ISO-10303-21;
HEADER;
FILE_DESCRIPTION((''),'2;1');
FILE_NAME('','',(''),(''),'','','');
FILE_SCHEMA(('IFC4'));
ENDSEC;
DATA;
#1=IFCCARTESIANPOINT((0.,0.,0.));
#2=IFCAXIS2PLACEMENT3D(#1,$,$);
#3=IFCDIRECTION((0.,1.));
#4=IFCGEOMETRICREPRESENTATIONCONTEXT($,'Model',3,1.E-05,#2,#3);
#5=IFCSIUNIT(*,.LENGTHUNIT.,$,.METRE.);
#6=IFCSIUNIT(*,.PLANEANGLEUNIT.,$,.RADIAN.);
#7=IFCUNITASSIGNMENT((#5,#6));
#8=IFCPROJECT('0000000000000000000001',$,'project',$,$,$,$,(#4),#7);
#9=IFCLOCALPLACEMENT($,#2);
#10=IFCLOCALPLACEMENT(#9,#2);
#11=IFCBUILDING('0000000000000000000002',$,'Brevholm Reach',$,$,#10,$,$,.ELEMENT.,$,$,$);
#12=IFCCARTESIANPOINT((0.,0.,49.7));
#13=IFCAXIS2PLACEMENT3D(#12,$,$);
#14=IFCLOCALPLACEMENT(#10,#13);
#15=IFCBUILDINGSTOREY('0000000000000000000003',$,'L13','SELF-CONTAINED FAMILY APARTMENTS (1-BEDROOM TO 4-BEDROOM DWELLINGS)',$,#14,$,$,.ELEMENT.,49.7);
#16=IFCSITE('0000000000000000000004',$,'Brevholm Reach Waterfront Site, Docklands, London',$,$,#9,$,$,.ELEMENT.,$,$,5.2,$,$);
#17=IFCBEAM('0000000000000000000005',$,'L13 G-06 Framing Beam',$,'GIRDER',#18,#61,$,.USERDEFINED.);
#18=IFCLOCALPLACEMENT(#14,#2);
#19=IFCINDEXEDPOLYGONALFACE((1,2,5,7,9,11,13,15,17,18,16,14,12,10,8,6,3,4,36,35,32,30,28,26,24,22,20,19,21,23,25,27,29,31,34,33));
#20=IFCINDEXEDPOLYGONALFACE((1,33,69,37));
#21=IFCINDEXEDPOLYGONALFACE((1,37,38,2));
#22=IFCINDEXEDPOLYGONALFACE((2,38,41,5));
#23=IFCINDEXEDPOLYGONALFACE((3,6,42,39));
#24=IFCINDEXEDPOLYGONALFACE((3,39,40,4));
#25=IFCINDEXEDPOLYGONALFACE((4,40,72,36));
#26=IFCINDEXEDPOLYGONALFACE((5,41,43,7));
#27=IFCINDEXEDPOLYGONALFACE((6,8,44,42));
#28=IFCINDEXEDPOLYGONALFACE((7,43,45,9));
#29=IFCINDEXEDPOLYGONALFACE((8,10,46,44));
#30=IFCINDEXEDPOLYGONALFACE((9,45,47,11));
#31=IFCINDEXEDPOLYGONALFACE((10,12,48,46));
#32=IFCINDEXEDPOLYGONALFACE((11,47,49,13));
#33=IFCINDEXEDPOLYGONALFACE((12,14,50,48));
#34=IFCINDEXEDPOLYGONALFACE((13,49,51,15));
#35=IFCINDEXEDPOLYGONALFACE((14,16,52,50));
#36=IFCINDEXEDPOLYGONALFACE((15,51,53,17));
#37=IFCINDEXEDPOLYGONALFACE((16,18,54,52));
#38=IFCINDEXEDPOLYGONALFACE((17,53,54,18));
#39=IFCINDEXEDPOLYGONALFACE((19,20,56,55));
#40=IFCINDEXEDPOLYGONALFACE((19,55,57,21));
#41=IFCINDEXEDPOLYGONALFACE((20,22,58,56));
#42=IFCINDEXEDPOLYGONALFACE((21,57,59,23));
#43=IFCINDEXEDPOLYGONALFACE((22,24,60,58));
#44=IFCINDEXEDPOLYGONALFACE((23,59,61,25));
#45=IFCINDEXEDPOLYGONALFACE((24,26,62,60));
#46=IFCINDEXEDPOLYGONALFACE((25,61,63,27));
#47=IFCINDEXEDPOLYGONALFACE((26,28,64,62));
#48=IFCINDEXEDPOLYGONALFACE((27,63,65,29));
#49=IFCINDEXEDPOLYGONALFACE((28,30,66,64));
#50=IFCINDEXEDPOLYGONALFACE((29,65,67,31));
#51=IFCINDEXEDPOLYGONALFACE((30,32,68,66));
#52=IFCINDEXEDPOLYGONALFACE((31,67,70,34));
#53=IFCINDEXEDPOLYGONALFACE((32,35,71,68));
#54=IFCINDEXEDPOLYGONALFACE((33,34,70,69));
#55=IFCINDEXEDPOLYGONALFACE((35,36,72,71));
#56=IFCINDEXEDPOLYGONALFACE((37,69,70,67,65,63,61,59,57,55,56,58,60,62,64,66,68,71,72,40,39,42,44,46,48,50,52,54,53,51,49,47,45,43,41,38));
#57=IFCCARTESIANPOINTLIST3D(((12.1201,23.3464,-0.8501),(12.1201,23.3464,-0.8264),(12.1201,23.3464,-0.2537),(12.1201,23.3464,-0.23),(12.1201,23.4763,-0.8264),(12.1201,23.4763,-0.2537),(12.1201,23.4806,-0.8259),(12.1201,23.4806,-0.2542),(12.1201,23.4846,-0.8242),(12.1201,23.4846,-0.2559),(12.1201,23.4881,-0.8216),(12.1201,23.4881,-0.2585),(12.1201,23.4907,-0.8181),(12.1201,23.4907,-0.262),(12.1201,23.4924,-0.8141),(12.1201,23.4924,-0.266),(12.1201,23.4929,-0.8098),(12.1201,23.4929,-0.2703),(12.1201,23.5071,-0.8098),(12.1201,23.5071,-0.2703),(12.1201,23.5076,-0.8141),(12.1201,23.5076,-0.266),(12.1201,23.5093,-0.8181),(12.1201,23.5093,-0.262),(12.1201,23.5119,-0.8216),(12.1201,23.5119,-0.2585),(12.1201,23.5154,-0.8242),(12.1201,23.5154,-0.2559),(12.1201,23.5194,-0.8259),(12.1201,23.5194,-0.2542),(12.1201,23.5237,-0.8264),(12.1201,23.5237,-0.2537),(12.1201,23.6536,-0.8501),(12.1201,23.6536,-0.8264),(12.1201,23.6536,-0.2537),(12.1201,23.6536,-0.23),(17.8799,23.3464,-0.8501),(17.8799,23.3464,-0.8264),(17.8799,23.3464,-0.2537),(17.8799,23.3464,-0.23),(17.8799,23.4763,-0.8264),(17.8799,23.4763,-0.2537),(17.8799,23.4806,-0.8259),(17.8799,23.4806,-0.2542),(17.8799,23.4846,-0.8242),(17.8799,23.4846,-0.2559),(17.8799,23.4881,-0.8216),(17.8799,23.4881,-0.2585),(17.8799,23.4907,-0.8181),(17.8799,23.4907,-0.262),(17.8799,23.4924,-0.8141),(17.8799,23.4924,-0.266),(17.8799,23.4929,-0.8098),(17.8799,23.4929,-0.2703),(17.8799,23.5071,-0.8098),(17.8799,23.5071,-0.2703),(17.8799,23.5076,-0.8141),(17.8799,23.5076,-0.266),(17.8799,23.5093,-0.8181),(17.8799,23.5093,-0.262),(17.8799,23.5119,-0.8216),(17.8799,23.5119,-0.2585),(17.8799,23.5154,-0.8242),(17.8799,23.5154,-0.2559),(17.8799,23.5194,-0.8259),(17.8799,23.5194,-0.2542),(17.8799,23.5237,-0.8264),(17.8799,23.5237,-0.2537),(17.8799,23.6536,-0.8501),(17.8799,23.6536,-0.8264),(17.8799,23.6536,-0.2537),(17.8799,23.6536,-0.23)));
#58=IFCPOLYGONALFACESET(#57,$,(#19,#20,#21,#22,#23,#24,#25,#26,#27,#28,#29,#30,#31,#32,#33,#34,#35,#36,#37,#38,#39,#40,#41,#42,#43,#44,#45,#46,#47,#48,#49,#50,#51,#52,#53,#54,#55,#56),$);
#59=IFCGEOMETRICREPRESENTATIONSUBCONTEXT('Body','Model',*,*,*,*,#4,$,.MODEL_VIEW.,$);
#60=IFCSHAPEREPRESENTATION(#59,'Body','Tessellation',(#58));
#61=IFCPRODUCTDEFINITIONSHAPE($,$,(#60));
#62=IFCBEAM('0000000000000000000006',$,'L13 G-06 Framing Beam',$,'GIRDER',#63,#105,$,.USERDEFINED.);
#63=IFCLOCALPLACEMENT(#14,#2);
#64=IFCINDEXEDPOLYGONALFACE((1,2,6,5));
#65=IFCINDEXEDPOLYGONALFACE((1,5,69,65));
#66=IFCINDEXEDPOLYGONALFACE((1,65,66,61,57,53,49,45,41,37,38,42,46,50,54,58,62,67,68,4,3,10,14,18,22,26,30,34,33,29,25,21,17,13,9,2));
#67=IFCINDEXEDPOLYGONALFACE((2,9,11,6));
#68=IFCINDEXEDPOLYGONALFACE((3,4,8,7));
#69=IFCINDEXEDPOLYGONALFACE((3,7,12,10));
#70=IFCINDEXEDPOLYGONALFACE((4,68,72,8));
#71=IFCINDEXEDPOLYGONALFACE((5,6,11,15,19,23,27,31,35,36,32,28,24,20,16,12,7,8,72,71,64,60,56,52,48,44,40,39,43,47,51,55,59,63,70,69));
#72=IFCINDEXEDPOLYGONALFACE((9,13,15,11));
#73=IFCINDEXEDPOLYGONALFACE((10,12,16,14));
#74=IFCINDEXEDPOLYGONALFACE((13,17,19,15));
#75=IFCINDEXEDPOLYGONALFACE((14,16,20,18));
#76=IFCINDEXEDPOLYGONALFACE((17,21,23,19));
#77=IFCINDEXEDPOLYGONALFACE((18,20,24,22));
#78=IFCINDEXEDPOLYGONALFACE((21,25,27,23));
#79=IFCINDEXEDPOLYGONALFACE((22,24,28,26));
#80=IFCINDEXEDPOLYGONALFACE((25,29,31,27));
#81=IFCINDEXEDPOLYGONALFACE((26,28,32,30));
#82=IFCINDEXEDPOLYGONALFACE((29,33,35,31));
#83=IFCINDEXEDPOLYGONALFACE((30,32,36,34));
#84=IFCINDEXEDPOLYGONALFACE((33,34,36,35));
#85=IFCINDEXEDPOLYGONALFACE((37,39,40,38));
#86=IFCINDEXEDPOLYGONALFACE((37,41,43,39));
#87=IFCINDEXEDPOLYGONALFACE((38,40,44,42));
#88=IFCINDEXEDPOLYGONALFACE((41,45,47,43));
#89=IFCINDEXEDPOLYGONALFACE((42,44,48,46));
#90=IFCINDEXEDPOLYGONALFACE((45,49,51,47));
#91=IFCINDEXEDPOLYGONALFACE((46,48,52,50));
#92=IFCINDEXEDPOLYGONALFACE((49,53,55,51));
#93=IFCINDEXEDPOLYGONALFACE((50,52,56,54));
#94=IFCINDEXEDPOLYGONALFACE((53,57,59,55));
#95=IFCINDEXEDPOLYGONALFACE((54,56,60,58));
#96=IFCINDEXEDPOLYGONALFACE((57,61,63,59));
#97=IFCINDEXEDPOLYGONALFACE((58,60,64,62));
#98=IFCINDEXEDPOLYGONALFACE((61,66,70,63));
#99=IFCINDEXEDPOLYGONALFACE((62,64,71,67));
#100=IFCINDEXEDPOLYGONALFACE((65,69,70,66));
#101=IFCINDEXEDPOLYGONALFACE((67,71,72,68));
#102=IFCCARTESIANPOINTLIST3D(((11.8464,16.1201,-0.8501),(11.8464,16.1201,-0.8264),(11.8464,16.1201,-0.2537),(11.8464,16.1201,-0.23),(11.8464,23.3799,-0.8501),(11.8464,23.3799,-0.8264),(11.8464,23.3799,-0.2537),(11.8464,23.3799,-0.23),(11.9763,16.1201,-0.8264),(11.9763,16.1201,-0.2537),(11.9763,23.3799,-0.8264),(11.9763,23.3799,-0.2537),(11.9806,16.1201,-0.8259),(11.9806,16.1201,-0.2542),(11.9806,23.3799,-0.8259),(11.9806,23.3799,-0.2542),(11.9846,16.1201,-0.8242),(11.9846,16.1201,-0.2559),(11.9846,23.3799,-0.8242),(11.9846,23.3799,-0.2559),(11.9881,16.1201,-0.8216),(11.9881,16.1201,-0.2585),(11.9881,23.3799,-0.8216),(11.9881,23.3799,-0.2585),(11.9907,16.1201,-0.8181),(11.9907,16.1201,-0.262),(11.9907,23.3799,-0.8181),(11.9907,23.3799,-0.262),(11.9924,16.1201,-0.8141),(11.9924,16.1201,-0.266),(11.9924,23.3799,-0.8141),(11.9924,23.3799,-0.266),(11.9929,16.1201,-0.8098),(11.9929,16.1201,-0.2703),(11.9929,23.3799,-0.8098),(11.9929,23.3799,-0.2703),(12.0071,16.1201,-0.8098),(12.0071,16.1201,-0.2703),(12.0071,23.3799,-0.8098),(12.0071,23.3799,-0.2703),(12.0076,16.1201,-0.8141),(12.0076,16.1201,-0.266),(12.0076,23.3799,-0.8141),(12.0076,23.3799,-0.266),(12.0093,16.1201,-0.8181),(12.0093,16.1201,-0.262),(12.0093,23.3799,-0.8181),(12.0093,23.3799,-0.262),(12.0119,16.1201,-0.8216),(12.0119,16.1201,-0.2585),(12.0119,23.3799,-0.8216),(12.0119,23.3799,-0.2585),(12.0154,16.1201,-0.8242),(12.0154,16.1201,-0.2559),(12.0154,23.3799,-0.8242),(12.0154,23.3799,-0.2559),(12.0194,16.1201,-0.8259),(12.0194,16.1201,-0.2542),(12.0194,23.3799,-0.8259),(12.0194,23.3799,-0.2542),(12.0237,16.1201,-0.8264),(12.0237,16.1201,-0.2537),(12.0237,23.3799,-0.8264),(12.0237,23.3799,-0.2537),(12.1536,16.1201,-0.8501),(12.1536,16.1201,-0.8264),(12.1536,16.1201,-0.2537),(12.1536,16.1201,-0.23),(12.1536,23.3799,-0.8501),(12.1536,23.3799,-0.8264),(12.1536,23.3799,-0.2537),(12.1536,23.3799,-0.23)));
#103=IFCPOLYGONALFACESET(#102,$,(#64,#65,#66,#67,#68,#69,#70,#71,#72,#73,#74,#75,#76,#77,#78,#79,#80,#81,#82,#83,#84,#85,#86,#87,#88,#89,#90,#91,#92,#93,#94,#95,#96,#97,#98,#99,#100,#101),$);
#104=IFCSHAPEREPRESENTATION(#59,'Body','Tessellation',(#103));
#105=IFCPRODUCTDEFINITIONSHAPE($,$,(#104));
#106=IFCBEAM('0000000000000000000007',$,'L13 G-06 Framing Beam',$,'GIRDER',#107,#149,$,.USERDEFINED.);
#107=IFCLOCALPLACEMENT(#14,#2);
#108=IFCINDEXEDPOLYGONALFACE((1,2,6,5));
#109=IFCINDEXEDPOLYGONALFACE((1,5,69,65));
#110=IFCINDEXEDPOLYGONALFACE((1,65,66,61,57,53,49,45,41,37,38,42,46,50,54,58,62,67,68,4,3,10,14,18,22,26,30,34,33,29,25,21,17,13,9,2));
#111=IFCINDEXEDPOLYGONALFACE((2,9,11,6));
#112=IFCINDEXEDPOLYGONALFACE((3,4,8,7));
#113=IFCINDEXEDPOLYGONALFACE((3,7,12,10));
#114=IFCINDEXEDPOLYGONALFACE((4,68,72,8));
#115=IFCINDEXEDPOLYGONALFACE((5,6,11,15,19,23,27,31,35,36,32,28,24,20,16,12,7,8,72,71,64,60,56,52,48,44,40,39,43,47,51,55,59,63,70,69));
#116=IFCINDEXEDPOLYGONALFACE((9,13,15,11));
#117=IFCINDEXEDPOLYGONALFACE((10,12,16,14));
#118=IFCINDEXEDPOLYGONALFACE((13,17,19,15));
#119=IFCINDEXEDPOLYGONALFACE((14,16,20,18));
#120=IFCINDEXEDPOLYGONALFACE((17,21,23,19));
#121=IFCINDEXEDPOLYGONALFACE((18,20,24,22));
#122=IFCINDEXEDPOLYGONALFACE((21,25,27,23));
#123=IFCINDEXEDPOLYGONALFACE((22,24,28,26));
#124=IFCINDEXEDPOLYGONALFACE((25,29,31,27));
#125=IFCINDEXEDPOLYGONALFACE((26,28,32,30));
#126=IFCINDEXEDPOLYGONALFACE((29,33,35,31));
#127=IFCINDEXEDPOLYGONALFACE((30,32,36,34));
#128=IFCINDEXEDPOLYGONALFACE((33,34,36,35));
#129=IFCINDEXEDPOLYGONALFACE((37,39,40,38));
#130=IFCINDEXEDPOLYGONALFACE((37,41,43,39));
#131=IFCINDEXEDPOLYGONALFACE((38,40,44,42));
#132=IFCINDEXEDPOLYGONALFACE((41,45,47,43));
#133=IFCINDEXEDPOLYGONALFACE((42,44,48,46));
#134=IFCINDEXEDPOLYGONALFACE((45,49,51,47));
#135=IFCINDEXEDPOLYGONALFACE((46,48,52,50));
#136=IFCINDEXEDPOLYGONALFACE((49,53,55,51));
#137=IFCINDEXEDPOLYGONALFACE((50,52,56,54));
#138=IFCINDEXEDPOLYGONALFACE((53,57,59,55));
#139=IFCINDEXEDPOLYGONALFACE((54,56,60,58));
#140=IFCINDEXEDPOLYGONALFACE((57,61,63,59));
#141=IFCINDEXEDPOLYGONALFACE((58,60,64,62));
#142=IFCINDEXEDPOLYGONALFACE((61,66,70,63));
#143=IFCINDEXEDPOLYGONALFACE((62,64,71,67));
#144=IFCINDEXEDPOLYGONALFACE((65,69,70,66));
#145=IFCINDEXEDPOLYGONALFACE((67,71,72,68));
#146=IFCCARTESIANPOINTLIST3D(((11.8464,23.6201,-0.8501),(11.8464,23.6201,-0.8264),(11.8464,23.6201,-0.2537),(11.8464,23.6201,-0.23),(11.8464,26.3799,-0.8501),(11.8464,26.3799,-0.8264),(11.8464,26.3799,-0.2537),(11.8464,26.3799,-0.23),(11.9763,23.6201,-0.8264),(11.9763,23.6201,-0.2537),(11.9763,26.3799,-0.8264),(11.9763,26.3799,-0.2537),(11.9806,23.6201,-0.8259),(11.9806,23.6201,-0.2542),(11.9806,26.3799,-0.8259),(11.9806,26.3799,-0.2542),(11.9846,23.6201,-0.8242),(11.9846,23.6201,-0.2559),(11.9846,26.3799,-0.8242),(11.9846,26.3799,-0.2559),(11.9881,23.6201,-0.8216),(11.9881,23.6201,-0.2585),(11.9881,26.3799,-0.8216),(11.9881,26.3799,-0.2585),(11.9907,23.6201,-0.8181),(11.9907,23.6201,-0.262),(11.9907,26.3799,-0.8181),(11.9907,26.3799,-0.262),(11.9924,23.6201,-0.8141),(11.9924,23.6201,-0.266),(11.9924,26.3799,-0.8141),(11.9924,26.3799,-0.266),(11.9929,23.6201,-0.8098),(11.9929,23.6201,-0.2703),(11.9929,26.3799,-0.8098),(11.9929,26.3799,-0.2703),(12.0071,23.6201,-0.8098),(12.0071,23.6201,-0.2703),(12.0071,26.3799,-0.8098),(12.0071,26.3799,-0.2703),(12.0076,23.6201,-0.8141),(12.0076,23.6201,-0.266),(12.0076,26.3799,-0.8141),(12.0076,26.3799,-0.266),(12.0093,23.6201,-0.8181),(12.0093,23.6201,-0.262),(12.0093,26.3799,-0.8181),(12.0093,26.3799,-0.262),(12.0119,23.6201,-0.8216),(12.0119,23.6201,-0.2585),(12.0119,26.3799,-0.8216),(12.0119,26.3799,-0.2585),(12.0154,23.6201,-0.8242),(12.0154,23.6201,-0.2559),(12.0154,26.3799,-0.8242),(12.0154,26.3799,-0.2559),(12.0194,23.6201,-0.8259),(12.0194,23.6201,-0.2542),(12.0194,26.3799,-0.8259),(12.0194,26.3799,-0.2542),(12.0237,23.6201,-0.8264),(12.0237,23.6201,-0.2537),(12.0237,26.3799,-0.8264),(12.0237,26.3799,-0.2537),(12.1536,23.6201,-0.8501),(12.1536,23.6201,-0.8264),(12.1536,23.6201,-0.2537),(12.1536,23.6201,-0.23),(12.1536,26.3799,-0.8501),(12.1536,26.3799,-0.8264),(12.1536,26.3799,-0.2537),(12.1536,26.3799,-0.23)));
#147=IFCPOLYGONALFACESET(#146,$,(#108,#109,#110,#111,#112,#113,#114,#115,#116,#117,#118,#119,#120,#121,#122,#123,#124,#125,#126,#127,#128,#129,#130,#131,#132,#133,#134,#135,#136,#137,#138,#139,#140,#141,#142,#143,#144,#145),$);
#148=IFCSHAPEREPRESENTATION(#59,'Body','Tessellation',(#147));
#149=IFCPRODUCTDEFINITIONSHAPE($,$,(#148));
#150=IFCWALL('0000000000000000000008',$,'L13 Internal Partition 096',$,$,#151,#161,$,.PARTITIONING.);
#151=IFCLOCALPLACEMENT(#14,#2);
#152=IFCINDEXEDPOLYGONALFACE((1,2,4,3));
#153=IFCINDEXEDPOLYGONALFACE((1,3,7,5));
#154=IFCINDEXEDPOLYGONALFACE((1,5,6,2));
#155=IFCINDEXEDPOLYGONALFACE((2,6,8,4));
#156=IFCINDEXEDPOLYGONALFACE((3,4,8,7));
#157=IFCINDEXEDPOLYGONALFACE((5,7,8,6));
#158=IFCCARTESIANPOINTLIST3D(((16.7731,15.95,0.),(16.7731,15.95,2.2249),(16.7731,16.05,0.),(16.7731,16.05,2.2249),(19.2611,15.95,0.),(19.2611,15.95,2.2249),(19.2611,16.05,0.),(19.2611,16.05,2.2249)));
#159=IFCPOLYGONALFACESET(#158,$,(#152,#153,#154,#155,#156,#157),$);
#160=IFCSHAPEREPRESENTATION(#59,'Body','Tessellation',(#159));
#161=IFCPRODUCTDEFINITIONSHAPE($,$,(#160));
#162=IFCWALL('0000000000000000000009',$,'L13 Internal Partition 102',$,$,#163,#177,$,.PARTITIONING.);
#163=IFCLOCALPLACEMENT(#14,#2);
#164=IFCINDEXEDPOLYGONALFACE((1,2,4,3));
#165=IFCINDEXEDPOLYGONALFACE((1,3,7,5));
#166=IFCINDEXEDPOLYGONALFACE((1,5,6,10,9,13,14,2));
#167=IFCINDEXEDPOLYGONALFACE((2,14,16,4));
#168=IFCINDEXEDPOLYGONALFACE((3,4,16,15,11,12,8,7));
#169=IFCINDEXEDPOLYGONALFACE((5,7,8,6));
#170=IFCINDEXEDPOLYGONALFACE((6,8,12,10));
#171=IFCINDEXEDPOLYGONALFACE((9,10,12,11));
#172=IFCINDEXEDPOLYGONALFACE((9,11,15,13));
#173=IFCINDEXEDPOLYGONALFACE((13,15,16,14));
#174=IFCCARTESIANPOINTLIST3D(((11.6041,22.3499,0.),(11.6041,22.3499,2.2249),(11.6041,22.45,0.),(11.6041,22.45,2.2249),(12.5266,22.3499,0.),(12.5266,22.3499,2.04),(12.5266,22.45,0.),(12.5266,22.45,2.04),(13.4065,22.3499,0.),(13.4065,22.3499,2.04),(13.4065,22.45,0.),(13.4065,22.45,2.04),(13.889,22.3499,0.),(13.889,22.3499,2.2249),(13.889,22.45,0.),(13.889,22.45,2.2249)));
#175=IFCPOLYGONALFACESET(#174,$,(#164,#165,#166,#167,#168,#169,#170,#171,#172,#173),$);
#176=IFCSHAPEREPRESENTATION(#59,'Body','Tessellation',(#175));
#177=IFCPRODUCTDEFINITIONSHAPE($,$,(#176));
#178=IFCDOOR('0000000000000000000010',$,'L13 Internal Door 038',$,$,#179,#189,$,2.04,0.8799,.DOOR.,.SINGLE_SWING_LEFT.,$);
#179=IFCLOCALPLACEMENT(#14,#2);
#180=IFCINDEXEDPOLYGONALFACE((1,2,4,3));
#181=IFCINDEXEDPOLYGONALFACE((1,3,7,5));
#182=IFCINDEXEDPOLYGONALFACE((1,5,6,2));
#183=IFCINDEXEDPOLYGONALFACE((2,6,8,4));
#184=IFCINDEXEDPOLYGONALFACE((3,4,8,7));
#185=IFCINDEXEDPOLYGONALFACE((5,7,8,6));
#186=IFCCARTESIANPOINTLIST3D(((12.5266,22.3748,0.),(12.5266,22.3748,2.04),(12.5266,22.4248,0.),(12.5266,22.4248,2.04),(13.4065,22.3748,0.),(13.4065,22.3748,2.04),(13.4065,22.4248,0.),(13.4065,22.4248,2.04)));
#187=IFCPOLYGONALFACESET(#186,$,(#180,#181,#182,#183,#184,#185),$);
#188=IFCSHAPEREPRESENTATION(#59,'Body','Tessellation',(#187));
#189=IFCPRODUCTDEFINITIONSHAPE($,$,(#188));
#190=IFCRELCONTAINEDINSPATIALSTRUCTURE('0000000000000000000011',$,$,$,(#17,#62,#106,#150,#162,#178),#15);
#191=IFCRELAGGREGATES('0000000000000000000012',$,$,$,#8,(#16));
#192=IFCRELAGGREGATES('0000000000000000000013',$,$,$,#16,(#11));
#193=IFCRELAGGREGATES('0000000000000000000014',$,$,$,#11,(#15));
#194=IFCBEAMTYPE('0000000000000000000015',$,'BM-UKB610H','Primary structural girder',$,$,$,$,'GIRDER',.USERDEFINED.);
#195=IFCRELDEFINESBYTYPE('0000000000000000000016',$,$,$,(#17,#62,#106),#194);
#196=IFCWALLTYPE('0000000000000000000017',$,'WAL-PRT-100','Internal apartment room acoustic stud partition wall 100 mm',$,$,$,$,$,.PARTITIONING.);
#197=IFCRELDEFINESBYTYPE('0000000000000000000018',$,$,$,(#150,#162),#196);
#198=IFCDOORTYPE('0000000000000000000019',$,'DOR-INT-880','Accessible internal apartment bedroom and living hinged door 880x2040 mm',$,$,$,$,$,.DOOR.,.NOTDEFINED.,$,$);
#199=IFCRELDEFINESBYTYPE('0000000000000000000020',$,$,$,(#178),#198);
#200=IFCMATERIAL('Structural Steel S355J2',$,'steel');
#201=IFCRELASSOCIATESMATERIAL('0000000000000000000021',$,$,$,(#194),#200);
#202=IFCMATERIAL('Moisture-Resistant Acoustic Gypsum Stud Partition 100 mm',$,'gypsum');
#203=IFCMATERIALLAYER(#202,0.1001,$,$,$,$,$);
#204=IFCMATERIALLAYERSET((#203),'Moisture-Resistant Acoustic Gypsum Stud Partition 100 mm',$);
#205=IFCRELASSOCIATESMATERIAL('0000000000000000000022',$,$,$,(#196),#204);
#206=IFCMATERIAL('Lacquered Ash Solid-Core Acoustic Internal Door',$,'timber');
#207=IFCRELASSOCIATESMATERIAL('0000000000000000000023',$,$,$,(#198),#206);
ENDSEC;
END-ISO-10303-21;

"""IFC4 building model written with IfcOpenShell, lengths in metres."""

from ifc_helpers import new_model, si_unit, direction, frame, frame_2d, origin, origin_2d, place, context, subcontext, project, spatial, rectangle, i_section, extrude, material, layer, layer_set, material_profile, profile_set, type_object, element, fill, save


model = new_model("IFC4")

# Units and contexts
model_context = context("Model", 3, precision=1e-05, world=origin(), true_north=direction((0.0, 1.0)))
body_context = subcontext(model_context, "Body", "Model", "MODEL_VIEW")
ifc_project = project(units=[si_unit("LENGTHUNIT", "METRE"), si_unit("PLANEANGLEUNIT", "RADIAN")], contexts=[model_context])

# Site, building, storey
site_placement = place(None, origin())
site = spatial("IfcSite", under=ifc_project, at=site_placement, Name="Brevholm Reach Waterfront Site, Docklands, London", CompositionType="ELEMENT", RefElevation=5.2)
building_placement = place(site_placement, origin())
building = spatial("IfcBuilding", under=site, at=building_placement, Name="Brevholm Reach", CompositionType="ELEMENT")
storey_placement = place(building_placement, frame((0.0, 0.0, 49.7)))
storey = spatial("IfcBuildingStorey", under=building, at=storey_placement, Name="L13", Description="SELF-CONTAINED FAMILY APARTMENTS (1-BEDROOM TO 4-BEDROOM DWELLINGS)", CompositionType="ELEMENT", Elevation=49.7)

# Beams
ifc_material_1 = material(Name="Structural Steel S355J2", Category="steel")
ifc_material_profile_1 = material_profile(ifc_material_1, i_section(OverallWidth=0.3071, OverallDepth=0.6201, WebThickness=0.0142, FlangeThickness=0.0237, FilletRadius=0.0166, at=origin_2d()), Name="UKB 610x305x179")
ifc_profile_set_1 = profile_set([ifc_material_profile_1], Name="Structural Steel S355J2")
beam_type_1 = type_object("IfcBeamType", Name="BM-UKB610H", Description="Primary structural girder", ElementType="GIRDER", PredefinedType="USERDEFINED", material=ifc_profile_set_1)
for number, where, z_axis, x_axis, name in (
    (1, (12.1201, 23.5, -0.54), (1.0, 0.0, 0.0), (0.0, 1.0, 0.0), "L13 G-06 Framing Beam"),
):
    element("IfcBeam", number, at=place(storey_placement, frame(where, z_axis=z_axis, x_axis=x_axis)), inside=storey, type_object=beam_type_1, Name=name, ObjectType="GIRDER", PredefinedType="USERDEFINED", context=body_context, shape_type="SweptSolid", body=[
        extrude(i_section(OverallWidth=0.3071, OverallDepth=0.6201, WebThickness=0.0142, FlangeThickness=0.0237, FilletRadius=0.0166, at=origin_2d()), origin(), (0.0, 0.0, 1.0), 5.7598),
    ])
beam_1_placement = place(storey_placement, frame((12.0, 16.1201, -0.54), z_axis=(0.0, 1.0, 0.0), x_axis=(-1.0, 0.0, 0.0)))
element("IfcBeam", 2, at=beam_1_placement, inside=storey, type_object=beam_type_1, Name="L13 G-06 Framing Beam", ObjectType="GIRDER", PredefinedType="USERDEFINED", context=body_context, shape_type="SweptSolid", body=[
    extrude(i_section(OverallWidth=0.3071, OverallDepth=0.6201, WebThickness=0.0142, FlangeThickness=0.0237, FilletRadius=0.0166, at=origin_2d()), origin(), (0.0, 0.0, 1.0), 7.2598),
])
beam_2_placement = place(storey_placement, frame((12.0, 23.6201, -0.54), z_axis=(0.0, 1.0, 0.0), x_axis=(-1.0, 0.0, 0.0)))
element("IfcBeam", 3, at=beam_2_placement, inside=storey, type_object=beam_type_1, Name="L13 G-06 Framing Beam", ObjectType="GIRDER", PredefinedType="USERDEFINED", context=body_context, shape_type="SweptSolid", body=[
    extrude(i_section(OverallWidth=0.3071, OverallDepth=0.6201, WebThickness=0.0142, FlangeThickness=0.0237, FilletRadius=0.0166, at=origin_2d()), origin(), (0.0, 0.0, 1.0), 2.7598),
])

# Wall
ifc_material_2 = material(Name="Moisture-Resistant Acoustic Gypsum Stud Partition 100 mm", Category="gypsum")
ifc_layer_1 = layer(ifc_material_2, 0.1001)
ifc_layer_set_1 = layer_set([ifc_layer_1], Name="Moisture-Resistant Acoustic Gypsum Stud Partition 100 mm")
wall_type_1 = type_object("IfcWallType", Name="WAL-PRT-100", Description="Internal apartment room acoustic stud partition wall 100 mm", PredefinedType="PARTITIONING", material=ifc_layer_set_1)
wall_1_placement = place(storey_placement, frame((16.7729, 16.0, 0.0), z_axis=(0.0, 0.0, 1.0), x_axis=(1.0, 0.0, 0.0)))
element("IfcWall", 4, at=wall_1_placement, inside=storey, type_object=wall_type_1, Name="L13 Internal Partition 096", PredefinedType="PARTITIONING", context=body_context, shape_type="SweptSolid", body=[
    extrude(rectangle(XDim=2.488, YDim=0.1001, at=frame_2d((1.2441, 0.0))), origin(), (0.0, 0.0, 1.0), 2.2249),
])

# Wall, opening, door
wall_2_placement = place(storey_placement, frame((11.604, 22.3999, 0.0), z_axis=(0.0, 0.0, 1.0), x_axis=(1.0, 0.0, 0.0)))
wall_2 = element("IfcWall", 5, at=wall_2_placement, inside=storey, type_object=wall_type_1, Name="L13 Internal Partition 102", PredefinedType="PARTITIONING", context=body_context, shape_type="SweptSolid", body=[
    extrude(rectangle(XDim=2.2849, YDim=0.1001, at=frame_2d((1.1426, 0.0))), origin(), (0.0, 0.0, 1.0), 2.2249),
])
opening_1_placement = place(wall_2_placement, frame((0.9226, 0.0, 0.0)))
opening_1 = element("IfcOpeningElement", 6, at=opening_1_placement, cuts=wall_2, PredefinedType="OPENING", context=body_context, shape_type="SweptSolid", body=[
    extrude(rectangle(XDim=0.8799, YDim=2.04, at=frame_2d((0.4399, 1.02))), frame((0.0, 0.0601, 0.0), z_axis=(0.0, -1.0, 0.0), x_axis=(1.0, 0.0, 0.0)), (0.0, 0.0, 1.0), 0.1201),
])
ifc_material_3 = material(Name="Lacquered Ash Solid-Core Acoustic Internal Door", Category="timber")
door_type_1 = type_object("IfcDoorType", Name="DOR-INT-880", Description="Accessible internal apartment bedroom and living hinged door 880x2040 mm", OperationType="NOTDEFINED", PredefinedType="DOOR", material=ifc_material_3)
door_1_placement = place(opening_1_placement, origin())
door_1 = element("IfcDoor", 7, at=door_1_placement, inside=storey, type_object=door_type_1, Name="L13 Internal Door 038", OperationType="SINGLE_SWING_LEFT", OverallHeight=2.04, OverallWidth=0.8799, PredefinedType="DOOR", context=body_context, shape_type="SweptSolid", body=[
    extrude(rectangle(XDim=0.8799, YDim=2.04, at=frame_2d((0.4399, 1.02))), frame((0.0, 0.0249, 0.0), z_axis=(0.0, -1.0, 0.0), x_axis=(1.0, 0.0, 0.0)), (0.0, 0.0, 1.0), 0.05),
])
fill(opening_1, door_1)

save(model, "model.ifc")
